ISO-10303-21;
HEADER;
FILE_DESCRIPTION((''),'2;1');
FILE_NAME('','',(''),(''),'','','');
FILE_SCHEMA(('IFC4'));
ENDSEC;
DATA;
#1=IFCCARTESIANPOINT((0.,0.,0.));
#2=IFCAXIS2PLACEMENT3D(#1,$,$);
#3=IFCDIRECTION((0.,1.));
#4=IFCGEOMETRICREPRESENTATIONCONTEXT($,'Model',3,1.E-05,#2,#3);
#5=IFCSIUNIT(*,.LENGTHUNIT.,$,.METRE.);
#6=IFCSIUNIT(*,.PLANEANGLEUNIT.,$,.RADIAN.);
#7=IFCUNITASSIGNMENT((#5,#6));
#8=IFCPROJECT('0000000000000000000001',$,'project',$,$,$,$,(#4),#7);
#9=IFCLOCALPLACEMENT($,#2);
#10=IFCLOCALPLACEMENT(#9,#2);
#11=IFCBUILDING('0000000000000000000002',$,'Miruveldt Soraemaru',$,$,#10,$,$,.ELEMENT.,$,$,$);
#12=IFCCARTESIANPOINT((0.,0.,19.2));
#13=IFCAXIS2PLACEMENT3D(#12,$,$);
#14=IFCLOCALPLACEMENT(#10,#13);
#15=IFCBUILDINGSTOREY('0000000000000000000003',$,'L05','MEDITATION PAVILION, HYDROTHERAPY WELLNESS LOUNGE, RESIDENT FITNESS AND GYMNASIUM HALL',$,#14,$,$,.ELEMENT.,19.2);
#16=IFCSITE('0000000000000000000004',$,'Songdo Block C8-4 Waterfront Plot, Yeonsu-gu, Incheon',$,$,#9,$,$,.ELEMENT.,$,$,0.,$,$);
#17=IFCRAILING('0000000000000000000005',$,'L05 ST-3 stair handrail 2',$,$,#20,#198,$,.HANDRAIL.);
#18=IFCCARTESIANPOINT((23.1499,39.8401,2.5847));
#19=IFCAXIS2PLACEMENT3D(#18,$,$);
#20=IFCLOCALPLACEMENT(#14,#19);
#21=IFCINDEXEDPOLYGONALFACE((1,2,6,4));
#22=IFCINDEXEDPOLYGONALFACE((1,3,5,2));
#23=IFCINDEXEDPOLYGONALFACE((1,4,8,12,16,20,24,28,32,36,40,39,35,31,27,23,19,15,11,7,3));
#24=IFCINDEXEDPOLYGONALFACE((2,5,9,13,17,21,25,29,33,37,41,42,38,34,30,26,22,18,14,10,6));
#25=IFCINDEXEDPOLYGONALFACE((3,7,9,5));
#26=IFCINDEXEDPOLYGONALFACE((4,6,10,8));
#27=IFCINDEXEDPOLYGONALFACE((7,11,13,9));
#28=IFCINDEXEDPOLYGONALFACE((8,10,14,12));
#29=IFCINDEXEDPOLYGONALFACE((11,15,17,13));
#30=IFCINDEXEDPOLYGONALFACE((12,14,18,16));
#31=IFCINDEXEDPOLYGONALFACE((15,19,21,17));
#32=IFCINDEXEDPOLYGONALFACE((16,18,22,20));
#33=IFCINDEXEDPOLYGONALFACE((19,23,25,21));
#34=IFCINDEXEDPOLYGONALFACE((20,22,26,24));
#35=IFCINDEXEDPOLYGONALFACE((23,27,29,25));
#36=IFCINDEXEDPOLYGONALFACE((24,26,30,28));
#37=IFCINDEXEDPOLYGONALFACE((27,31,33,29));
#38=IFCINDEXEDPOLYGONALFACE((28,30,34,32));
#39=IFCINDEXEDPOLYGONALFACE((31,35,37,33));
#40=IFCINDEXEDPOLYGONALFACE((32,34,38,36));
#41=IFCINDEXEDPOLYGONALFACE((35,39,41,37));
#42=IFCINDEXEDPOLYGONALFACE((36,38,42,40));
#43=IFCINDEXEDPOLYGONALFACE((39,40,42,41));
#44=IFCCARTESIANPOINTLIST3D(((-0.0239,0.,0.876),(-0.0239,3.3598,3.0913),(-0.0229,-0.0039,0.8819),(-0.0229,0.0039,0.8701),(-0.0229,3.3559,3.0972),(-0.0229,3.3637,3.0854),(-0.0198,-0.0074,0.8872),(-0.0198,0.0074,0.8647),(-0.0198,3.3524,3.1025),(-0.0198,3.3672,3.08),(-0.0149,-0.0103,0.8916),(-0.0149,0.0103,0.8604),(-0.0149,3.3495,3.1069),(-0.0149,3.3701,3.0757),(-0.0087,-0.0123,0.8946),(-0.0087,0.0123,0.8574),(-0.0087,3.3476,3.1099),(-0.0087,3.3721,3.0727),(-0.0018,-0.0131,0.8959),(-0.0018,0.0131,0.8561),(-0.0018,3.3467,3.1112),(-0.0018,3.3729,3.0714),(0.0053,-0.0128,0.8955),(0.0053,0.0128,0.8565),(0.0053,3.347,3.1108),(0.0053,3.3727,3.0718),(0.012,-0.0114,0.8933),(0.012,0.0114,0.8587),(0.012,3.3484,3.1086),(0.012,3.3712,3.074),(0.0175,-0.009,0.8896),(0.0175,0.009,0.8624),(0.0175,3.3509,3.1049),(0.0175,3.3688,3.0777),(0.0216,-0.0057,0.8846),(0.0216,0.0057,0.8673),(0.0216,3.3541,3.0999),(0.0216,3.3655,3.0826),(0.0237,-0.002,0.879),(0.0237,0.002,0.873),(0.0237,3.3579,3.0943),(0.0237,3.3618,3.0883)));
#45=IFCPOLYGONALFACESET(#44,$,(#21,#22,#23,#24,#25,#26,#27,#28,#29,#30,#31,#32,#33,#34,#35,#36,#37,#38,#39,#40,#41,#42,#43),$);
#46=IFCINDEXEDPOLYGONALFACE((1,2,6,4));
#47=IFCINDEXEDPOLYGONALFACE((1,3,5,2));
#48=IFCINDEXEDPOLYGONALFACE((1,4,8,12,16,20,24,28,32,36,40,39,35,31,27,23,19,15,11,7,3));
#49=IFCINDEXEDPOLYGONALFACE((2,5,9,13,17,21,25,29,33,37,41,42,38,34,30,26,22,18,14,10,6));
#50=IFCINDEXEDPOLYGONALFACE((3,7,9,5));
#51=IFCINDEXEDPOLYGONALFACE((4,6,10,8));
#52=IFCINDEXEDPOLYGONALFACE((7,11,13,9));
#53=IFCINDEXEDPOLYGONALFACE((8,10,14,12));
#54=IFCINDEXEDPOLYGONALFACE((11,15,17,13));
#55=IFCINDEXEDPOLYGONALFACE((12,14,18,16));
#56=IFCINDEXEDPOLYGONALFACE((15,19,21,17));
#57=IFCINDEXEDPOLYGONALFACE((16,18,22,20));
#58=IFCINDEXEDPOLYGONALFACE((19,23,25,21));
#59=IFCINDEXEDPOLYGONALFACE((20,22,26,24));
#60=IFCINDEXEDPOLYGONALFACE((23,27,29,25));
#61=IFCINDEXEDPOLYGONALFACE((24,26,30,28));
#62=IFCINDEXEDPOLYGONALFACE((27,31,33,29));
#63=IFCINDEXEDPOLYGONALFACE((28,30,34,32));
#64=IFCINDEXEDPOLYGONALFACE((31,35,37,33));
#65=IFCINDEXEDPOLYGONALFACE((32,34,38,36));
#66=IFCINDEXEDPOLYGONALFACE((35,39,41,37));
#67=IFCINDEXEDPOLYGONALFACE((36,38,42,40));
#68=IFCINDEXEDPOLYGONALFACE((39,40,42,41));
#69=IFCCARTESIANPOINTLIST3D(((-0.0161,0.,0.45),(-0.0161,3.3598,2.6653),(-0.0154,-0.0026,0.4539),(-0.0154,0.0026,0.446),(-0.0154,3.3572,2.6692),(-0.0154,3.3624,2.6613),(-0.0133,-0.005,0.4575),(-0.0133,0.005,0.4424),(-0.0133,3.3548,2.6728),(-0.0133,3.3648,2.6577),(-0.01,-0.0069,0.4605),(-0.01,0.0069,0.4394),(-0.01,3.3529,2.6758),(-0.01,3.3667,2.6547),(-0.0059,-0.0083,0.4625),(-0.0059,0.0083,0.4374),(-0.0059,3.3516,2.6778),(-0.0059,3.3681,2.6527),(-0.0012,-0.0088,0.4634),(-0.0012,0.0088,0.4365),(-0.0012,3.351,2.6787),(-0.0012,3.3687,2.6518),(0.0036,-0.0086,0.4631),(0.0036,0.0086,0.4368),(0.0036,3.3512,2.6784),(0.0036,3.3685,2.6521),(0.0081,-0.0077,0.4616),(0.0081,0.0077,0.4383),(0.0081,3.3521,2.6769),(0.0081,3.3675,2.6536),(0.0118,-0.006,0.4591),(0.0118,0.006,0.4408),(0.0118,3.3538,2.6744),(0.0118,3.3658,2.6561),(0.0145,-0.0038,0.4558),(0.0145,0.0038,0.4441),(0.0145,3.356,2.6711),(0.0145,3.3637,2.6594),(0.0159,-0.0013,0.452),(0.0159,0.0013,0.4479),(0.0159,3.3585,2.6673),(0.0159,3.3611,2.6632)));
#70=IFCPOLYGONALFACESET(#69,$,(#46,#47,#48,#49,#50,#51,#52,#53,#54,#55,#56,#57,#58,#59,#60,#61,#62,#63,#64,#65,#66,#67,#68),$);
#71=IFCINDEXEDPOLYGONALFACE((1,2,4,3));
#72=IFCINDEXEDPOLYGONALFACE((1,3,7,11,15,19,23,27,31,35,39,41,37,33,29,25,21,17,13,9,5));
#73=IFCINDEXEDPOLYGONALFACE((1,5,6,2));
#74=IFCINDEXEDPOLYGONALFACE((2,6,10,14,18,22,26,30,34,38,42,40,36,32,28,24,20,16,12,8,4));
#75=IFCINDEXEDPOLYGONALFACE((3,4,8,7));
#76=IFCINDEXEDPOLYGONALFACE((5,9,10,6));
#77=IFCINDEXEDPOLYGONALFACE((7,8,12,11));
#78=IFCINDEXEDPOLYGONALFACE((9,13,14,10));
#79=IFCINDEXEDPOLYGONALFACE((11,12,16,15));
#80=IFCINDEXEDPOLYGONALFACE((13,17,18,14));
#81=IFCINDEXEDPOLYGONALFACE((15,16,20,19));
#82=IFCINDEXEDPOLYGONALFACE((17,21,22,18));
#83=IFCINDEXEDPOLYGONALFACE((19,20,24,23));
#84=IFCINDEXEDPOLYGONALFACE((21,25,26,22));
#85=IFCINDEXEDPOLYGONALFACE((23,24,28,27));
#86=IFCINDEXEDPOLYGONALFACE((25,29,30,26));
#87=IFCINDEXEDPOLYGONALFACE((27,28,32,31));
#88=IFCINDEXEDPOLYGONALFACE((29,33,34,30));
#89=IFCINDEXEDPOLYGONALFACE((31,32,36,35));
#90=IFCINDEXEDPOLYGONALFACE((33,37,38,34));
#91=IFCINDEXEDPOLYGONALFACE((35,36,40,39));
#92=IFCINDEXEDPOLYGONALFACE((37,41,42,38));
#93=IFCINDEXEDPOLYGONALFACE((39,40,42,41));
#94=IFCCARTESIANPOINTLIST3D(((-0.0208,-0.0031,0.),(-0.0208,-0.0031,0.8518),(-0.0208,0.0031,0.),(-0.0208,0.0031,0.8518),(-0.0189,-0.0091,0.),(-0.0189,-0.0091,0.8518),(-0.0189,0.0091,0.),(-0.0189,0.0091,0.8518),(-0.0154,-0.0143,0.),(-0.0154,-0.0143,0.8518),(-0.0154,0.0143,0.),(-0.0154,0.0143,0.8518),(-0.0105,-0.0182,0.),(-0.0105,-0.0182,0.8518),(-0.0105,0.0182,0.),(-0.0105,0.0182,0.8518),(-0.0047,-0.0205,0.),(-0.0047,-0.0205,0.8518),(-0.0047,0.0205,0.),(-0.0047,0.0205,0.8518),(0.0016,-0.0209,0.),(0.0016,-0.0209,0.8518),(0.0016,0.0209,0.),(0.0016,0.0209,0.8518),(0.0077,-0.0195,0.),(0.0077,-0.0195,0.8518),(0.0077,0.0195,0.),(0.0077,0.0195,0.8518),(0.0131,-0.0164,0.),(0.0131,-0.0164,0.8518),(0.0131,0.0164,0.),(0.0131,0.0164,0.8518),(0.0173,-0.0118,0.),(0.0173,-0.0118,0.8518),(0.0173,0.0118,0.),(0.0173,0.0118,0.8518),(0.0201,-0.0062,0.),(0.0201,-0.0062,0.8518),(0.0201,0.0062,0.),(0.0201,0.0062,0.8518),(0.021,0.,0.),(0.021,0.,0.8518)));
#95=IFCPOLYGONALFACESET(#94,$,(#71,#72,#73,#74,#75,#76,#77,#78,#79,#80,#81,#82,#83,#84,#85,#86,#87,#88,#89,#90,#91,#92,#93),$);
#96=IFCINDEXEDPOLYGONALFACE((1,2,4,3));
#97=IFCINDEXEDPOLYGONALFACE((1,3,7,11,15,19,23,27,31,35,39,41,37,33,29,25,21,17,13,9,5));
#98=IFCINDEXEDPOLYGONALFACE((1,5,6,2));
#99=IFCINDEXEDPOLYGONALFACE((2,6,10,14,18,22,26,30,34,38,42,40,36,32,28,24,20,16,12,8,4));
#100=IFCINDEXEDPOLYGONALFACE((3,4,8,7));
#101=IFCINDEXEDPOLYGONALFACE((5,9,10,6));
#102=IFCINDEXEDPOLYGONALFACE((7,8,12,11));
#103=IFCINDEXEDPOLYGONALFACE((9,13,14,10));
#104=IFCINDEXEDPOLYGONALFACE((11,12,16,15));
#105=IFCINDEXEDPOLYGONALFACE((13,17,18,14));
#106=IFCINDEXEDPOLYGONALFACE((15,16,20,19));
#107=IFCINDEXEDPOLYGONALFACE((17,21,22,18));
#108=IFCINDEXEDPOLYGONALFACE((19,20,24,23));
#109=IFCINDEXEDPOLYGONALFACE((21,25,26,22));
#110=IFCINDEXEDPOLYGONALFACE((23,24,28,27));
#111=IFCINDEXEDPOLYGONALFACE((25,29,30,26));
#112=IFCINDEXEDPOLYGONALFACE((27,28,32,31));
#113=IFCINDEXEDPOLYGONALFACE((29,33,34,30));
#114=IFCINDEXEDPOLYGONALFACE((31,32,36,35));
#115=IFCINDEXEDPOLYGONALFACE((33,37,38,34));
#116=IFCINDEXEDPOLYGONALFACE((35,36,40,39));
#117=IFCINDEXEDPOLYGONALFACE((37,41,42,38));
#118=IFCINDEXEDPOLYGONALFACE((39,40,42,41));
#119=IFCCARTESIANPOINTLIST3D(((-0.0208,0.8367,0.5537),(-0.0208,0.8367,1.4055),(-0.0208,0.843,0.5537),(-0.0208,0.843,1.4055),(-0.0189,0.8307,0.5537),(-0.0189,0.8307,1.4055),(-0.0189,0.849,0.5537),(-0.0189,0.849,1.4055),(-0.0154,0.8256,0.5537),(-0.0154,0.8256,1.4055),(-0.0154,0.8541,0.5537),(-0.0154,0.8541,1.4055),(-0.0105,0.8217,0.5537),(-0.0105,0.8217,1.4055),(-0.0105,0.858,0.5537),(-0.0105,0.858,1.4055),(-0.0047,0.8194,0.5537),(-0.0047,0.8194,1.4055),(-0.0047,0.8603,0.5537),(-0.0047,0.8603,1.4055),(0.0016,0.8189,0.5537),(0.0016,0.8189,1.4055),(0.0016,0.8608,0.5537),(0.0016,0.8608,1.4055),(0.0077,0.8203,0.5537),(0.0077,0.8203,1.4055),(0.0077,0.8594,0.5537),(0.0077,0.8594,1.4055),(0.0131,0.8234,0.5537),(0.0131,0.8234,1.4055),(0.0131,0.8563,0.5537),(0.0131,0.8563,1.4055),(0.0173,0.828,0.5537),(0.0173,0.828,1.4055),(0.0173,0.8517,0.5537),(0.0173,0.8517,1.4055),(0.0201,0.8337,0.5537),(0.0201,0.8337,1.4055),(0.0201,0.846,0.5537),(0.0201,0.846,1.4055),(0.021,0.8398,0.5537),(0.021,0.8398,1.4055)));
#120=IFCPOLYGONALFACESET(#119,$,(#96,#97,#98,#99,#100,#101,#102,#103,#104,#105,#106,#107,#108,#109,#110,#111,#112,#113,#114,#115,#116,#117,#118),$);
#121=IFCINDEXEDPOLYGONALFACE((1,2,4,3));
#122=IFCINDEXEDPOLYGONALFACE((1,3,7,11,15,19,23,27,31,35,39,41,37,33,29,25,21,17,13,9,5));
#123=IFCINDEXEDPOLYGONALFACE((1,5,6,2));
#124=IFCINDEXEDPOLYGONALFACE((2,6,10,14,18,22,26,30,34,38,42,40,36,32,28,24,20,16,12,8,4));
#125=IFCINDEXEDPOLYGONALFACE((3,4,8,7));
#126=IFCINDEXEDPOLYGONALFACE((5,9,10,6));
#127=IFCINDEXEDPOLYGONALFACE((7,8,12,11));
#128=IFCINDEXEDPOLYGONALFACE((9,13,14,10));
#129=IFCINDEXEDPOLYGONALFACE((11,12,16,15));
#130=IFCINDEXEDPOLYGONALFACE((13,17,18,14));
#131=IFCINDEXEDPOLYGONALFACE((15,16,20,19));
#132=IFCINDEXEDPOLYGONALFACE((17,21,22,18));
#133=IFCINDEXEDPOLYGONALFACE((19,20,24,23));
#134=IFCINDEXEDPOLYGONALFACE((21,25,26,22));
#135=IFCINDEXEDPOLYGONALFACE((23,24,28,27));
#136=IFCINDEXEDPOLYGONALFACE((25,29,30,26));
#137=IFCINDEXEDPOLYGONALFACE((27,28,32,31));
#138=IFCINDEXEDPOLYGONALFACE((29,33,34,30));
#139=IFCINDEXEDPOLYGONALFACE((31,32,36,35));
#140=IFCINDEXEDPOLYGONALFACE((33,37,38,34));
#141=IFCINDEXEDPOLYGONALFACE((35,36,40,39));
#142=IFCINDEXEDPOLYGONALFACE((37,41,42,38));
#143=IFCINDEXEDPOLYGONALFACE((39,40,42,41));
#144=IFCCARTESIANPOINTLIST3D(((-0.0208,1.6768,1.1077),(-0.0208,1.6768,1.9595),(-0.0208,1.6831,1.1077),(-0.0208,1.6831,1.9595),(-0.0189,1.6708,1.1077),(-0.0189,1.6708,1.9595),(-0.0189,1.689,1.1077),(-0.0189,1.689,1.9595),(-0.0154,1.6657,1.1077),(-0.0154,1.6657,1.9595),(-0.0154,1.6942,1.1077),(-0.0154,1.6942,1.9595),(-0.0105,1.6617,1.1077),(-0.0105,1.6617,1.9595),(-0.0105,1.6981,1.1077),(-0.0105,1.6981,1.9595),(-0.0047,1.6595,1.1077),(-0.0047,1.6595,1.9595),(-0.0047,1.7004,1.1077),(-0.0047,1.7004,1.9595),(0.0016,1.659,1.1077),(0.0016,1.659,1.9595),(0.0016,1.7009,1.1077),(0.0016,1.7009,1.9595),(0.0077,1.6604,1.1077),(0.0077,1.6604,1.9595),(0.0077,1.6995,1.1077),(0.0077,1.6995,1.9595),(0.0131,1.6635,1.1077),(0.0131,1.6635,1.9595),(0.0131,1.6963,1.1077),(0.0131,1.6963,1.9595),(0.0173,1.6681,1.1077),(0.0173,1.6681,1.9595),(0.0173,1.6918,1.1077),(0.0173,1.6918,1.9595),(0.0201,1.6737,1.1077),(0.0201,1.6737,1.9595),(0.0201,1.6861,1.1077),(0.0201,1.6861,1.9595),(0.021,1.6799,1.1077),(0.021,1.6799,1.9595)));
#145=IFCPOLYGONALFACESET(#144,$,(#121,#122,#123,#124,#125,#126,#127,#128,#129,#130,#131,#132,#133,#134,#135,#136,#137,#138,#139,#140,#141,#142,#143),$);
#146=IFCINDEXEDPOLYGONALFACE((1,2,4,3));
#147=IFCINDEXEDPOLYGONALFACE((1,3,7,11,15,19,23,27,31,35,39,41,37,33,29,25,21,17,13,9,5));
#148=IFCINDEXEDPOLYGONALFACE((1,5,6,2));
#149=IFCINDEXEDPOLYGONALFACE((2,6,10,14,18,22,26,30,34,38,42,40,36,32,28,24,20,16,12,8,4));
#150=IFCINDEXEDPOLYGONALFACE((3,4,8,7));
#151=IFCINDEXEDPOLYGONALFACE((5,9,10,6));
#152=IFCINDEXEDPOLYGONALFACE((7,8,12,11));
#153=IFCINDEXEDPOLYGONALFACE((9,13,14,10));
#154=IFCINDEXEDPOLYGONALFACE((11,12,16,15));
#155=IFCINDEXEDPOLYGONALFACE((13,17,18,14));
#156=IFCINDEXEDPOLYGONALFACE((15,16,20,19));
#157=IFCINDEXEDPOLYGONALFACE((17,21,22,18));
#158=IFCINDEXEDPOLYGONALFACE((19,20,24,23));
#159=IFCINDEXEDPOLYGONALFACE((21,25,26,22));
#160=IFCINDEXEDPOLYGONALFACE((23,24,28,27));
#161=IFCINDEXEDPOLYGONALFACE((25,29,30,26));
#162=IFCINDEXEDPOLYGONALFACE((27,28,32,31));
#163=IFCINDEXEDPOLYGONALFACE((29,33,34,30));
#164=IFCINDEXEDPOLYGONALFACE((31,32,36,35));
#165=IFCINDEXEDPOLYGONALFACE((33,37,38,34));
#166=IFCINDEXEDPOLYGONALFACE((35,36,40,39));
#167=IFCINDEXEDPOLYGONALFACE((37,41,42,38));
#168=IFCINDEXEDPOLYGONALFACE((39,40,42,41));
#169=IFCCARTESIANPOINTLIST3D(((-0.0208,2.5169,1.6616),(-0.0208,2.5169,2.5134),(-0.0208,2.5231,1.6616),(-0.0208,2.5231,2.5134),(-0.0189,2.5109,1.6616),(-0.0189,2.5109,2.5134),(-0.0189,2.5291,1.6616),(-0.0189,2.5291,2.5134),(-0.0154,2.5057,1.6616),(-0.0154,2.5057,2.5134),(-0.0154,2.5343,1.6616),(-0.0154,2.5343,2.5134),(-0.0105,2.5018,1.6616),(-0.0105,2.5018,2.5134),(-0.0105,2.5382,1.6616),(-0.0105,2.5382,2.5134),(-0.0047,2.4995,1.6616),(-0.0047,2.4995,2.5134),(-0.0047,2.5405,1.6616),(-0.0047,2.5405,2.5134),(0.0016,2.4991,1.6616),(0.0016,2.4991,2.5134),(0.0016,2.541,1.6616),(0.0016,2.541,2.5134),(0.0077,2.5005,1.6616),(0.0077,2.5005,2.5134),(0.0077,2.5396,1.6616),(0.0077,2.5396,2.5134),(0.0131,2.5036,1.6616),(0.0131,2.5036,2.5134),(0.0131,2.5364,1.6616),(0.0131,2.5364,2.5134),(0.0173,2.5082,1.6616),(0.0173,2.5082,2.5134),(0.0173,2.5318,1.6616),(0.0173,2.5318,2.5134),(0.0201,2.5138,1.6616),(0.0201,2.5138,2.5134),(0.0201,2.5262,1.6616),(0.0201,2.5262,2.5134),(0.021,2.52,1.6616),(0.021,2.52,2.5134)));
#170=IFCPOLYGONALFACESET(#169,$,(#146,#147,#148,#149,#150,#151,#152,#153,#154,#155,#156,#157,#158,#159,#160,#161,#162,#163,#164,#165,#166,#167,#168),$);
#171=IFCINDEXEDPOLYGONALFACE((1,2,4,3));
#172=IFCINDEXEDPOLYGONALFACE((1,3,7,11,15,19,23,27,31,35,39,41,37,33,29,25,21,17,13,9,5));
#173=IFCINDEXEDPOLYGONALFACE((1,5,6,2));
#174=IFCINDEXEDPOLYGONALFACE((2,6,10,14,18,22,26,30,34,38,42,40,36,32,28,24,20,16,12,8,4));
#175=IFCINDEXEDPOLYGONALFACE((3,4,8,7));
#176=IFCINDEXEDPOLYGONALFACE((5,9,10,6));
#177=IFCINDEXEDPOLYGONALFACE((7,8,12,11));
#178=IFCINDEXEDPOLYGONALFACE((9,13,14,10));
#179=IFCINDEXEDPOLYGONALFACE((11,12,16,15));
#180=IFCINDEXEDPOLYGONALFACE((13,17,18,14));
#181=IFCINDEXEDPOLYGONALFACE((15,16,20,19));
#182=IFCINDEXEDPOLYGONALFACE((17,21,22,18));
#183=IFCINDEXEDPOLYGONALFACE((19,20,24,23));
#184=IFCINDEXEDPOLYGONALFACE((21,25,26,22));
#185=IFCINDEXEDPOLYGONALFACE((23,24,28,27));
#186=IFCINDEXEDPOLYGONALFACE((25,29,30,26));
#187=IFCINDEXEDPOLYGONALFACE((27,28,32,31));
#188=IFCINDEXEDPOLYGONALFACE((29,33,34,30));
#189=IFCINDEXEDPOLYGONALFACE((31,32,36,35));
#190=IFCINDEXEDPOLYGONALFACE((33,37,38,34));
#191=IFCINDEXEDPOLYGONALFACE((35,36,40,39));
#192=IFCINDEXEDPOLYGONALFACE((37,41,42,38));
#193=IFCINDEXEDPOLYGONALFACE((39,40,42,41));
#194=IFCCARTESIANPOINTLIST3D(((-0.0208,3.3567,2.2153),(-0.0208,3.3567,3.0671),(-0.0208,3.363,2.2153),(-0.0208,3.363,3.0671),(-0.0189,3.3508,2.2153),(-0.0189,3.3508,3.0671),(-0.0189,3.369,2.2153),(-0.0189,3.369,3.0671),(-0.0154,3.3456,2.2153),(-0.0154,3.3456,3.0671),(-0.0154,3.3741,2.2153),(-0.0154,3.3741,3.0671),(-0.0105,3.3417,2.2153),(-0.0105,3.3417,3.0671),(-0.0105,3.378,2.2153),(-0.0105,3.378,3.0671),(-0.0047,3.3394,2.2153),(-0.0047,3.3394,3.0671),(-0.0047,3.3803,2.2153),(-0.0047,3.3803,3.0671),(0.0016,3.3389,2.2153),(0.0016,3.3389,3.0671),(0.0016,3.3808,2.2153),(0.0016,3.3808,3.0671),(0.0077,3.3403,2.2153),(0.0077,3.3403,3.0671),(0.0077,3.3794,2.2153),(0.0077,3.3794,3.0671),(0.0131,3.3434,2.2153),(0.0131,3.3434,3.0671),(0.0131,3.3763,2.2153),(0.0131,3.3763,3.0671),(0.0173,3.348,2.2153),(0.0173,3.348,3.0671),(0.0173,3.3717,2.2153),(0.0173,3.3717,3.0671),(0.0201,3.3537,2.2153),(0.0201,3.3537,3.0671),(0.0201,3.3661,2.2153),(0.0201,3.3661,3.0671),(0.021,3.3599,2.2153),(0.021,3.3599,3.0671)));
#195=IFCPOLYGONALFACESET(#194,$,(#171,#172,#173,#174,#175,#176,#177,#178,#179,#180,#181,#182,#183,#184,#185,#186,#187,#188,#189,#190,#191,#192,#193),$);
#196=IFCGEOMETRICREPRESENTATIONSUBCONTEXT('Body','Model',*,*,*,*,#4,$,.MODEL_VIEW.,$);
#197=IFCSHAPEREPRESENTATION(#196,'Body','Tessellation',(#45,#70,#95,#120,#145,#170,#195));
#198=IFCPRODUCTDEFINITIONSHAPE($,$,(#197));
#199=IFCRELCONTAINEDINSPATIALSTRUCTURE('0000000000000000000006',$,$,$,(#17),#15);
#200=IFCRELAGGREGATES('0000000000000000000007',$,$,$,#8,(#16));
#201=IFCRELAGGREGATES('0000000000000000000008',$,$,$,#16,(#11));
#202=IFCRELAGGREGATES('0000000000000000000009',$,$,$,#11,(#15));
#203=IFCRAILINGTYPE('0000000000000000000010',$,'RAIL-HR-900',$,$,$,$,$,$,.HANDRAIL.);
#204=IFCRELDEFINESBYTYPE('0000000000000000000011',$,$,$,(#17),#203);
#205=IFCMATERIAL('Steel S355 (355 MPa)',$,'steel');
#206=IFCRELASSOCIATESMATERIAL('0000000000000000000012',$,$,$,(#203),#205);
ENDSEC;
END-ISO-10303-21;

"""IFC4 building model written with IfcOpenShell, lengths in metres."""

from ifc_helpers import new_model, si_unit, direction, frame, origin, origin_2d, place, context, subcontext, project, spatial, circle, extrude, material, type_object, element, save


model = new_model("IFC4")

# Units and contexts
model_context = context("Model", 3, precision=1e-05, world=origin(), true_north=direction((0.0, 1.0)))
body_context = subcontext(model_context, "Body", "Model", "MODEL_VIEW")
ifc_project = project(units=[si_unit("LENGTHUNIT", "METRE"), si_unit("PLANEANGLEUNIT", "RADIAN")], contexts=[model_context])

# Site, building, storey
site_placement = place(None, origin())
site = spatial("IfcSite", under=ifc_project, at=site_placement, Name="Songdo Block C8-4 Waterfront Plot, Yeonsu-gu, Incheon", CompositionType="ELEMENT", RefElevation=0.0)
building_placement = place(site_placement, origin())
building = spatial("IfcBuilding", under=site, at=building_placement, Name="Miruveldt Soraemaru", CompositionType="ELEMENT")
storey_placement = place(building_placement, frame((0.0, 0.0, 19.2)))
storey = spatial("IfcBuildingStorey", under=building, at=storey_placement, Name="L05", Description="MEDITATION PAVILION, HYDROTHERAPY WELLNESS LOUNGE, RESIDENT FITNESS AND GYMNASIUM HALL", CompositionType="ELEMENT", Elevation=19.2)

# Railing
ifc_material_1 = material(Name="Steel S355 (355 MPa)", Category="steel")
railing_type_1 = type_object("IfcRailingType", Name="RAIL-HR-900", PredefinedType="HANDRAIL", material=ifc_material_1)
railing_1_placement = place(storey_placement, frame((23.1499, 39.8401, 2.5847)))
element("IfcRailing", 1, at=railing_1_placement, inside=storey, type_object=railing_type_1, Name="L05 ST-3 stair handrail 2", PredefinedType="HANDRAIL", context=body_context, shape_type="SweptSolid", body=[
    extrude(circle(Radius=0.0239, at=origin_2d()), frame((0.0, 0.0, 0.876), z_axis=(0.0, 0.834858, 0.550465), x_axis=(-1.0, 0.0, 0.0)), (0.0, 0.0, 1.0), 4.0244),
    extrude(circle(Radius=0.0161, at=origin_2d()), frame((0.0, 0.0, 0.45), z_axis=(0.0, 0.834858, 0.550465), x_axis=(-1.0, 0.0, 0.0)), (0.0, 0.0, 1.0), 4.0244),
    extrude(circle(Radius=0.021, at=origin_2d()), origin(), (0.0, 0.0, 1.0), 0.8518),
    extrude(circle(Radius=0.021, at=origin_2d()), frame((0.0, 0.8398, 0.5537)), (0.0, 0.0, 1.0), 0.8518),
    extrude(circle(Radius=0.021, at=origin_2d()), frame((0.0, 1.6799, 1.1077)), (0.0, 0.0, 1.0), 0.8518),
    extrude(circle(Radius=0.021, at=origin_2d()), frame((0.0, 2.52, 1.6616)), (0.0, 0.0, 1.0), 0.8518),
    extrude(circle(Radius=0.021, at=origin_2d()), frame((0.0, 3.3599, 2.2153)), (0.0, 0.0, 1.0), 0.8518),
])

save(model, "model.ifc")
